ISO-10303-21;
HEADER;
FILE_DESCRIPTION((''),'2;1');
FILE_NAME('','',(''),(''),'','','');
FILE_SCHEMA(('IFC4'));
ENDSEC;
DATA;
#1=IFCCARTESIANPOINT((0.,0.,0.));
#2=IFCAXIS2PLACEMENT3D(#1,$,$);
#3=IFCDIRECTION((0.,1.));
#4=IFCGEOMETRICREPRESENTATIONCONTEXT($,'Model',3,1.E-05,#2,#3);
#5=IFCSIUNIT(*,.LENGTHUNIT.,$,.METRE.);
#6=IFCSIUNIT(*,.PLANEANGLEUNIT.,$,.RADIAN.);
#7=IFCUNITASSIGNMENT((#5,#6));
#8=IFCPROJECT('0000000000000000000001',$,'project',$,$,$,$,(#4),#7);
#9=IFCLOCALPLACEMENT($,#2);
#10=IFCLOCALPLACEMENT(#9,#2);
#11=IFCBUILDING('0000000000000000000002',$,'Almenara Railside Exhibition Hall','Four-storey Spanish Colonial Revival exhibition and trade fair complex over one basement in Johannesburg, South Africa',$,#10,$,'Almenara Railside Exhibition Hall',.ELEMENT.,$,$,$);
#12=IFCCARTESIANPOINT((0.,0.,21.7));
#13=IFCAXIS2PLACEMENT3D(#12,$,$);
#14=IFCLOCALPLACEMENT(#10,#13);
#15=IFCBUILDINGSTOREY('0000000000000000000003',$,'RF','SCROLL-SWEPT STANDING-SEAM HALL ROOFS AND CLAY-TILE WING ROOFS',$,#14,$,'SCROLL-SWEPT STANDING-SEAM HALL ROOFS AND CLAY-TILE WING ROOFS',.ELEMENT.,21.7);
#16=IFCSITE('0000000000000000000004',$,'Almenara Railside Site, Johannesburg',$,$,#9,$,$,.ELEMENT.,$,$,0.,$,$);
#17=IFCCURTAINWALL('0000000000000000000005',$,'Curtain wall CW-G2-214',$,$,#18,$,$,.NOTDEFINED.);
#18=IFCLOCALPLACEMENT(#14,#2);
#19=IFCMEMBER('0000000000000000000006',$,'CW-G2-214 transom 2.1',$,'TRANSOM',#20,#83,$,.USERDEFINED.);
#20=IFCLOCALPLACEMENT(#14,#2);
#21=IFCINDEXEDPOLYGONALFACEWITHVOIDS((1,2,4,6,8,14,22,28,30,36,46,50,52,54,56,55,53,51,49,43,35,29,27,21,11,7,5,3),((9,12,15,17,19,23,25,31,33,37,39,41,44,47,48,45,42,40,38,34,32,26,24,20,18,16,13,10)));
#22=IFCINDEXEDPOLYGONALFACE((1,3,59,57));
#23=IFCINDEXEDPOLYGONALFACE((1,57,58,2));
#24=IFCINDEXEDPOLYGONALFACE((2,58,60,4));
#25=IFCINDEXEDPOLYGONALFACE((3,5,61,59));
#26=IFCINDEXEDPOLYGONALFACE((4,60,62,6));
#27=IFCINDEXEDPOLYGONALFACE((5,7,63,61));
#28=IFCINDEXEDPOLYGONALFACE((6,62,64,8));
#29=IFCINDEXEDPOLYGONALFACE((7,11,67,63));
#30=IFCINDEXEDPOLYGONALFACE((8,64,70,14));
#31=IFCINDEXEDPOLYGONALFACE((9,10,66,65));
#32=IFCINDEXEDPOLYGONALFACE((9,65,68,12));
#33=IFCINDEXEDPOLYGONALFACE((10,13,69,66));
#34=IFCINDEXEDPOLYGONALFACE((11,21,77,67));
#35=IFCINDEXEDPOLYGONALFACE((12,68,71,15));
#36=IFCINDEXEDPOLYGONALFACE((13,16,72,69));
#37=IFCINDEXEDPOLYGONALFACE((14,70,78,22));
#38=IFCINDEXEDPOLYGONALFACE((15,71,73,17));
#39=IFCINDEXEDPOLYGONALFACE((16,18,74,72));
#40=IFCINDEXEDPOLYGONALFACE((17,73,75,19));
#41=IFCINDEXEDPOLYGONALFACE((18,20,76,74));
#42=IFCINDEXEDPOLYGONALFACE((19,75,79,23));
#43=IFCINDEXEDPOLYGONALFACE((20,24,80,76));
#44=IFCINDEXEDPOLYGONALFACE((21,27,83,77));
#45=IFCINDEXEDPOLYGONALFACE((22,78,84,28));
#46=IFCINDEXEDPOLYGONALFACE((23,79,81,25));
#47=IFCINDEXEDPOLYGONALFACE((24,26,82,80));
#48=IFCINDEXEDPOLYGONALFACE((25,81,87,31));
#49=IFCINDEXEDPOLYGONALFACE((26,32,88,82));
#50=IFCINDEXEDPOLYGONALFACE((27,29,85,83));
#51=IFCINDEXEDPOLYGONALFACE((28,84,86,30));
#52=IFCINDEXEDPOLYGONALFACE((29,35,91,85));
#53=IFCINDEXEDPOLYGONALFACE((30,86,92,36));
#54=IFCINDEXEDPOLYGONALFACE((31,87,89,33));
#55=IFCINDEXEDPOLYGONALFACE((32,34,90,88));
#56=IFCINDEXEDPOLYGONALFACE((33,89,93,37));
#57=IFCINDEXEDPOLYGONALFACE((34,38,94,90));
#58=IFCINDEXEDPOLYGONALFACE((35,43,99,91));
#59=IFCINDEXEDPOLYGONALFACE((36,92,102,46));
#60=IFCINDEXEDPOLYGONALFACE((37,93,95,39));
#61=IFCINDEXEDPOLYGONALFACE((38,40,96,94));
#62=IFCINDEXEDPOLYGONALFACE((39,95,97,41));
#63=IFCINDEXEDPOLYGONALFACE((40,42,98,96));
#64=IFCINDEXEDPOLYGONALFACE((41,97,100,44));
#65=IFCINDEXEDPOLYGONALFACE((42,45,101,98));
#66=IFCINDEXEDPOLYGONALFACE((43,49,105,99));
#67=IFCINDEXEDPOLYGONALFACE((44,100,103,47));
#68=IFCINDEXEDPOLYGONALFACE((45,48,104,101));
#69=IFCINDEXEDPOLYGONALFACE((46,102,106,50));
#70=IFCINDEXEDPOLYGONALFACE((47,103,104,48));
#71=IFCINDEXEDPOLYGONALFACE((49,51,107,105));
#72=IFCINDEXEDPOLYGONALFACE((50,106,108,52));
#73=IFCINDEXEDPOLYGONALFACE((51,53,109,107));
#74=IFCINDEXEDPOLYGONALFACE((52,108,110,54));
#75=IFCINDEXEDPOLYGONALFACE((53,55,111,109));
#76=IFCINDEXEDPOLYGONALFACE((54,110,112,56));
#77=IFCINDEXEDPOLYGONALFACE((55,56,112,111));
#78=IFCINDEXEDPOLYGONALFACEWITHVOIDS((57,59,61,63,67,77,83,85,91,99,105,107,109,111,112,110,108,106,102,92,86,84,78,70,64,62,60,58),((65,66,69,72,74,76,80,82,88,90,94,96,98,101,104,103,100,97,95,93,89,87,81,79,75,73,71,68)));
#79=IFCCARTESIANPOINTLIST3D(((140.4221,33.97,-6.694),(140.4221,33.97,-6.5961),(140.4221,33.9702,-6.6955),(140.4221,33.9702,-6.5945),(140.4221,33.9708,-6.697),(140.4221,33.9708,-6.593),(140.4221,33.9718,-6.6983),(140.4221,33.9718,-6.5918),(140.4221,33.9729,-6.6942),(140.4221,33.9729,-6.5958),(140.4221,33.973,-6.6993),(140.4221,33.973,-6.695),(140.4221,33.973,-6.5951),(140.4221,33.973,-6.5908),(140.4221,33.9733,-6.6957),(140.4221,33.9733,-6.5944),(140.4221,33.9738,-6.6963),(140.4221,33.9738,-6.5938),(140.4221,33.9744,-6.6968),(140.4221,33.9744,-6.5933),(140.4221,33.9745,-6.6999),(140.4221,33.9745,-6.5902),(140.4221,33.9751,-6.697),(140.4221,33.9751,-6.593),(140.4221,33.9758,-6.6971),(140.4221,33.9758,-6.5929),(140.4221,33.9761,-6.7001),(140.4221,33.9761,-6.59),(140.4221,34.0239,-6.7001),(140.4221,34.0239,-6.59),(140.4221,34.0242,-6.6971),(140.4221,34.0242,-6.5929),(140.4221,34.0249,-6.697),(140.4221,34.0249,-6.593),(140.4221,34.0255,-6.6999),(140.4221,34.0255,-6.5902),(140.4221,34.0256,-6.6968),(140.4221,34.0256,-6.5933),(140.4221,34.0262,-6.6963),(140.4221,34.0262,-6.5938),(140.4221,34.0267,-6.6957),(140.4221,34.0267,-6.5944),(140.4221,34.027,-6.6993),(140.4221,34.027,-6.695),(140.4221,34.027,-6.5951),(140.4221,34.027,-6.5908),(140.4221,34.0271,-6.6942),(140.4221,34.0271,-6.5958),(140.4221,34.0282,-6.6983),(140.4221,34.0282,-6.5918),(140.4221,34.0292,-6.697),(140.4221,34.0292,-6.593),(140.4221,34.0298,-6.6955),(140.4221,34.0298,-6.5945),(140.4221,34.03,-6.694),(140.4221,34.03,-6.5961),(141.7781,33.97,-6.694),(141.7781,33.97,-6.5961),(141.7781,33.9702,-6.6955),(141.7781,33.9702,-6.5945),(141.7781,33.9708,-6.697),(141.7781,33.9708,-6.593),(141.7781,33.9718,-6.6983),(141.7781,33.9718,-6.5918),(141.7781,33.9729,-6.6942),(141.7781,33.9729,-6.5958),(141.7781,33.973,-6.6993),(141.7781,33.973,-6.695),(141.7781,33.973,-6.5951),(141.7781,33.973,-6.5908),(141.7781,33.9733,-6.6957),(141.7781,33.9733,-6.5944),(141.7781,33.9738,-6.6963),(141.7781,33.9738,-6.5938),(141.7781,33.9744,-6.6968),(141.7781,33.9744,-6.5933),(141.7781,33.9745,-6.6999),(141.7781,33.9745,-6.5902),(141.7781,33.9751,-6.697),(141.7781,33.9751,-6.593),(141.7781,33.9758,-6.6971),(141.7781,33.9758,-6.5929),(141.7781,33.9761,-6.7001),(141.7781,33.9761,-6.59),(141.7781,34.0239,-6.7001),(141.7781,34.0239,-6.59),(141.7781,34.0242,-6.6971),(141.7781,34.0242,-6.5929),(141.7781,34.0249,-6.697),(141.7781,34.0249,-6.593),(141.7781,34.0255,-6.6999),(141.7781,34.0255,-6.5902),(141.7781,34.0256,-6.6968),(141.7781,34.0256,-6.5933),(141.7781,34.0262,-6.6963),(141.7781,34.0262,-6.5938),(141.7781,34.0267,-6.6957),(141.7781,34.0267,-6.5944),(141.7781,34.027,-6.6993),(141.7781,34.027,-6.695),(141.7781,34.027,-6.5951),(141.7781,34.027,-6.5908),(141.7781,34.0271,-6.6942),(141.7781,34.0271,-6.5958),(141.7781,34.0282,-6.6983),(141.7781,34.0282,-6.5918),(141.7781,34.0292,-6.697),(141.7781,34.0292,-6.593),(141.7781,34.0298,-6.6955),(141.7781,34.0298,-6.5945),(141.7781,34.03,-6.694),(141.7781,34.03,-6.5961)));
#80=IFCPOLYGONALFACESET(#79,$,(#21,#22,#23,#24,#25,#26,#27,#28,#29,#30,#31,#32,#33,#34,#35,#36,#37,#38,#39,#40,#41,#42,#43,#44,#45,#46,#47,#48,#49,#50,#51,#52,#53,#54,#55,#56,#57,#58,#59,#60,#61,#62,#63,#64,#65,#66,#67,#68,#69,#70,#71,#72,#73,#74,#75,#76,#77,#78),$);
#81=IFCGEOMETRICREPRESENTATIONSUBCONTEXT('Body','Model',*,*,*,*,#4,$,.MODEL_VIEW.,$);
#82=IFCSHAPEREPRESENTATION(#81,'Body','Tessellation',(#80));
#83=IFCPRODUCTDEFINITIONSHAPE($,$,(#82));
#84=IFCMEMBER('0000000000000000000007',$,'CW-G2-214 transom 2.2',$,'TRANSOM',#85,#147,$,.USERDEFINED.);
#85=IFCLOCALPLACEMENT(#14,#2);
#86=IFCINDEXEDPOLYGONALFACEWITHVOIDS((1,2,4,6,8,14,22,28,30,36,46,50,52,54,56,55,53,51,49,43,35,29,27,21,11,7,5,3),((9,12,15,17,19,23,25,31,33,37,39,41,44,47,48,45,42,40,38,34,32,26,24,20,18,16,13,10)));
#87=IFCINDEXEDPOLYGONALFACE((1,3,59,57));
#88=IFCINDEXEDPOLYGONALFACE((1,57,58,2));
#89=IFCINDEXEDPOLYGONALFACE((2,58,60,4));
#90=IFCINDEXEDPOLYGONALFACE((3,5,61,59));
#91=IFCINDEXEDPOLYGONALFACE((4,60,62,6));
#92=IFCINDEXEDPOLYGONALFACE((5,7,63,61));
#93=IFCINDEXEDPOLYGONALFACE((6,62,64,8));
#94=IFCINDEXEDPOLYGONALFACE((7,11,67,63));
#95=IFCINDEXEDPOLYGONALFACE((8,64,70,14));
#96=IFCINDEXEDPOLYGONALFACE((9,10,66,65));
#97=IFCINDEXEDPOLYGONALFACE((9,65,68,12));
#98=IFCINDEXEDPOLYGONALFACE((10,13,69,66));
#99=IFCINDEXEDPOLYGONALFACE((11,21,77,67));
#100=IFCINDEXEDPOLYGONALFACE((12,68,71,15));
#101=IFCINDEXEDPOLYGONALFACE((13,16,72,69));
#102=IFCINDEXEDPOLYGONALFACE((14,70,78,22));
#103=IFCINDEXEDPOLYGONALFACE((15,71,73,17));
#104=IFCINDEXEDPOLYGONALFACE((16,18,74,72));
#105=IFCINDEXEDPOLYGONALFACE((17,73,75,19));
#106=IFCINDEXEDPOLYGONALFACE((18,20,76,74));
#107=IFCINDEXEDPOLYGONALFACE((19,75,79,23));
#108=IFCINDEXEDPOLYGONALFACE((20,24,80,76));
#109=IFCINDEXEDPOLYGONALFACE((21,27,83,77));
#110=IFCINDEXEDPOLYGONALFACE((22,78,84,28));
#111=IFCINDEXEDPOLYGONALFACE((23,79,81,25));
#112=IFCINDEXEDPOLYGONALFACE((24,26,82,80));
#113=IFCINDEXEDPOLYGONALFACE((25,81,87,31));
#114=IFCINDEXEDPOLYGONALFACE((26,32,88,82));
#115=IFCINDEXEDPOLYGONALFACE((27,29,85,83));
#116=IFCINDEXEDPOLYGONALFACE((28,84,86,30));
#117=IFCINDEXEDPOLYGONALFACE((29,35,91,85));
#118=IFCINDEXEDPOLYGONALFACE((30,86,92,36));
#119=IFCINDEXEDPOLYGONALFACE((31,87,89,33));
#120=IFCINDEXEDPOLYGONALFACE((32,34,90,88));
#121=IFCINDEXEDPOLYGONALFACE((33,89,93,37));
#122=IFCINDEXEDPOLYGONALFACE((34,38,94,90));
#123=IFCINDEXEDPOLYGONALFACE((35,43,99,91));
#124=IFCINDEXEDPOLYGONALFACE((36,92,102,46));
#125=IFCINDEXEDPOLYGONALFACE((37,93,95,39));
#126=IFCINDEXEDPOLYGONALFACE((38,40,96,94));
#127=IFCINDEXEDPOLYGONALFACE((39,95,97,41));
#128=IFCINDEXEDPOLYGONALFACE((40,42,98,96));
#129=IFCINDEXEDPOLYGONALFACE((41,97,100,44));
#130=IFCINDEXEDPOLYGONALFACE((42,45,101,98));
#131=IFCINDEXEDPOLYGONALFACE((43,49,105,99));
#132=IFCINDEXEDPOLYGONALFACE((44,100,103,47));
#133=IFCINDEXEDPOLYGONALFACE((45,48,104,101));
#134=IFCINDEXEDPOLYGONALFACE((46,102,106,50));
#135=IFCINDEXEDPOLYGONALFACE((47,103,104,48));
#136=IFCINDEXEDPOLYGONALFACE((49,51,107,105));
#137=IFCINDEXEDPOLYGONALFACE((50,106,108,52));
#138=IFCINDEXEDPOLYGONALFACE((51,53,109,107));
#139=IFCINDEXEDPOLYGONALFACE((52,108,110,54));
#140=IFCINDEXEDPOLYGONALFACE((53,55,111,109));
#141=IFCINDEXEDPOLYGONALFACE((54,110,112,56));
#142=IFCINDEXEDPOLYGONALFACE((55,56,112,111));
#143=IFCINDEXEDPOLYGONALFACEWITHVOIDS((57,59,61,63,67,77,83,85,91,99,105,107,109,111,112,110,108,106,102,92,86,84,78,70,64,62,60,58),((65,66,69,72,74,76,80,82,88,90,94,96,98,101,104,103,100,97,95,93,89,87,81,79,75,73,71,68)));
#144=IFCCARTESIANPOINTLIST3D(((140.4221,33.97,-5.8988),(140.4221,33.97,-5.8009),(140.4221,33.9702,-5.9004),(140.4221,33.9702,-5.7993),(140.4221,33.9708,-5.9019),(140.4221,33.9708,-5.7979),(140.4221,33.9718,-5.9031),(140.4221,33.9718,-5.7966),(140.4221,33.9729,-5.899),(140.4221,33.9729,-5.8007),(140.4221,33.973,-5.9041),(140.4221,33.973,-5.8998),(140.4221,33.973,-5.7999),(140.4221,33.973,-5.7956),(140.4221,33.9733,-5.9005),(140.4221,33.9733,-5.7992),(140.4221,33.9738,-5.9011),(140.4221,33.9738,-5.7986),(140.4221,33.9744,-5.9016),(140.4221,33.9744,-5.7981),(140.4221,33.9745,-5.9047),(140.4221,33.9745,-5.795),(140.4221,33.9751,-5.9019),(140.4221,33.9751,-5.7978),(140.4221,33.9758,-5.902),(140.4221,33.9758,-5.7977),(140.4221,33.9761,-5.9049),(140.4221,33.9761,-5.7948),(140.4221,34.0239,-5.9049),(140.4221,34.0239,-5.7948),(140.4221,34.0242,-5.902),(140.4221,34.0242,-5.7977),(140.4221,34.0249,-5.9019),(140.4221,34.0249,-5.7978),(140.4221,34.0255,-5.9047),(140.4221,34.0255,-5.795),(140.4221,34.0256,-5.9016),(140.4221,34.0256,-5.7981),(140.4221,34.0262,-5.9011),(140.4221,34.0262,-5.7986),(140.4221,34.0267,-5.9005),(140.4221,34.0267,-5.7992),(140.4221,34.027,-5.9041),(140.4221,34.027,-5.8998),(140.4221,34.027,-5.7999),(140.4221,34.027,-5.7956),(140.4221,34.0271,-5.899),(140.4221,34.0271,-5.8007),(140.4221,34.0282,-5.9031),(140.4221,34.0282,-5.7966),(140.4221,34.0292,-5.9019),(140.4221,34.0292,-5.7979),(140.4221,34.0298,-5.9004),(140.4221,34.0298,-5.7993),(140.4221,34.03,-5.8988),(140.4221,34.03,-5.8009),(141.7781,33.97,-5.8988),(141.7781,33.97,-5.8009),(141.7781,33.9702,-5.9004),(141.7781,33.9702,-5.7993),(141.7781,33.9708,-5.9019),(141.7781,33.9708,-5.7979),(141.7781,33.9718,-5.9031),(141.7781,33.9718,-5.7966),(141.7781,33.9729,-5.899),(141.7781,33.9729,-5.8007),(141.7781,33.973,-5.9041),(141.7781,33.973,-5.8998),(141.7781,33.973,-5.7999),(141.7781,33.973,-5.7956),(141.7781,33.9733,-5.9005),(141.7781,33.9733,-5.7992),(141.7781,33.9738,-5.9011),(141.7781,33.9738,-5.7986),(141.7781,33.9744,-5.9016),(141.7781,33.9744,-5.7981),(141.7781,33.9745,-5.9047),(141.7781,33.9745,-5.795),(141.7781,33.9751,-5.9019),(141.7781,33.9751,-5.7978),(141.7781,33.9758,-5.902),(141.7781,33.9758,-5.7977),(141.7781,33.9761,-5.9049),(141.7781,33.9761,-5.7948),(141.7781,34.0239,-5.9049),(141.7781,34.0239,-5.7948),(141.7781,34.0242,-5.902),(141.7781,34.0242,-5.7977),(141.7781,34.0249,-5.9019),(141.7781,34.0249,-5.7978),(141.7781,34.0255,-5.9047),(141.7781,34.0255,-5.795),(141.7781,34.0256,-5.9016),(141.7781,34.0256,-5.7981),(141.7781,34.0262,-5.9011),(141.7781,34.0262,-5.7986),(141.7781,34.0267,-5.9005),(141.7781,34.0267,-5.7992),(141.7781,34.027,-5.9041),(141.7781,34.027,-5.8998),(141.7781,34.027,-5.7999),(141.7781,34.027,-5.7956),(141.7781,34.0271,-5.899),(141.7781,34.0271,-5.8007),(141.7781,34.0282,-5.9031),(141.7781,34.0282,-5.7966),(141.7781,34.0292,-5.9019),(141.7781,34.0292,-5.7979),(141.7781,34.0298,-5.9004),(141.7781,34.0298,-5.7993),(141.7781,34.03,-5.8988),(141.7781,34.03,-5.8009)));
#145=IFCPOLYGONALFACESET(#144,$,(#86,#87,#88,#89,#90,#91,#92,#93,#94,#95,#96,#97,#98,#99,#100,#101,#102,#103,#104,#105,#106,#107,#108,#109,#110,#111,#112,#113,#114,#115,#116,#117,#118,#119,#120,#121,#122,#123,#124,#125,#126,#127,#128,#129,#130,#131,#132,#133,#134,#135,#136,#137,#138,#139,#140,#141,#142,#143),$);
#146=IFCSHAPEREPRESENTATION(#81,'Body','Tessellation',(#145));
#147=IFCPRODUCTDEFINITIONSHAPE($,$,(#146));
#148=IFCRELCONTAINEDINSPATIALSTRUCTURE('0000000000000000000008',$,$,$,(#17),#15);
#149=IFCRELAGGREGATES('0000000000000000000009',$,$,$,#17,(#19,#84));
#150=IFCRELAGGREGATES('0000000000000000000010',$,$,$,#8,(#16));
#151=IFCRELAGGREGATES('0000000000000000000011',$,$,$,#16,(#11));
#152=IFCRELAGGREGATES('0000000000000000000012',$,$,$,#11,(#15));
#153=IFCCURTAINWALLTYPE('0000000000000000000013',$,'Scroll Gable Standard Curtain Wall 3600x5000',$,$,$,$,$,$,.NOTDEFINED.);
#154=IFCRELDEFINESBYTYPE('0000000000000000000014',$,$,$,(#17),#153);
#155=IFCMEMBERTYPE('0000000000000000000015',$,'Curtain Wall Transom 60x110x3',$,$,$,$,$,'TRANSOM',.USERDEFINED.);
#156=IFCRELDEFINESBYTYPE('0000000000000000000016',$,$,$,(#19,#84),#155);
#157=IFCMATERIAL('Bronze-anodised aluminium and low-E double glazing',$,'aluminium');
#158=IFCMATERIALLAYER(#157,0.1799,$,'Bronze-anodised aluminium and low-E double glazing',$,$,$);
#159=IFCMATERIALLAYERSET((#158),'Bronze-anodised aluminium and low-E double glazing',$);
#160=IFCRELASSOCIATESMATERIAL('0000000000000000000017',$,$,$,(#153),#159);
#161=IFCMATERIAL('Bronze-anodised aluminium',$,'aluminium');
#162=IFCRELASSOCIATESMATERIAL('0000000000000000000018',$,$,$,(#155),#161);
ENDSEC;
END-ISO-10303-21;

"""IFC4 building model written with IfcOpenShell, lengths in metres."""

from ifc_helpers import new_model, si_unit, direction, frame, origin, origin_2d, place, context, subcontext, project, spatial, hollow_rectangle, extrude, material, layer, layer_set, material_profile, profile_set, type_object, element, aggregate, save


model = new_model("IFC4")

# Units and contexts
model_context = context("Model", 3, precision=1e-05, world=origin(), true_north=direction((0.0, 1.0)))
body_context = subcontext(model_context, "Body", "Model", "MODEL_VIEW")
ifc_project = project(units=[si_unit("LENGTHUNIT", "METRE"), si_unit("PLANEANGLEUNIT", "RADIAN")], contexts=[model_context])

# Site, building, storey
site_placement = place(None, origin())
site = spatial("IfcSite", under=ifc_project, at=site_placement, Name="Almenara Railside Site, Johannesburg", CompositionType="ELEMENT", RefElevation=0.0)
building_placement = place(site_placement, origin())
building = spatial("IfcBuilding", under=site, at=building_placement, Name="Almenara Railside Exhibition Hall", Description="Four-storey Spanish Colonial Revival exhibition and trade fair complex over one basement in Johannesburg, South Africa", LongName="Almenara Railside Exhibition Hall", CompositionType="ELEMENT")
storey_placement = place(building_placement, frame((0.0, 0.0, 21.7)))
storey = spatial("IfcBuildingStorey", under=building, at=storey_placement, Name="RF", Description="SCROLL-SWEPT STANDING-SEAM HALL ROOFS AND CLAY-TILE WING ROOFS", LongName="SCROLL-SWEPT STANDING-SEAM HALL ROOFS AND CLAY-TILE WING ROOFS", CompositionType="ELEMENT", Elevation=21.7)

# Curtain wall, members
ifc_material_1 = material(Name="Bronze-anodised aluminium and low-E double glazing", Category="aluminium")
ifc_layer_1 = layer(ifc_material_1, 0.1799, Name="Bronze-anodised aluminium and low-E double glazing")
ifc_layer_set_1 = layer_set([ifc_layer_1], Name="Bronze-anodised aluminium and low-E double glazing")
curtain_wall_type = type_object("IfcCurtainWallType", Name="Scroll Gable Standard Curtain Wall 3600x5000", PredefinedType="NOTDEFINED", material=ifc_layer_set_1)
curtain_wall_placement = place(storey_placement, origin())
curtain_wall = element("IfcCurtainWall", 1, at=curtain_wall_placement, inside=storey, type_object=curtain_wall_type, Name="Curtain wall CW-G2-214", PredefinedType="NOTDEFINED")
ifc_material_2 = material(Name="Bronze-anodised aluminium", Category="aluminium")
ifc_material_profile_1 = material_profile(ifc_material_2, hollow_rectangle(XDim=0.0601, YDim=0.1101, WallThickness=0.0029, InnerFilletRadius=0.0029, OuterFilletRadius=0.0061, at=origin_2d()), Name="ALU-TRN 60x110x3")
ifc_profile_set_1 = profile_set([ifc_material_profile_1], Name="Bronze-anodised aluminium")
member_type_1 = type_object("IfcMemberType", Name="Curtain Wall Transom 60x110x3", ElementType="TRANSOM", PredefinedType="USERDEFINED", material=ifc_profile_set_1)
member_1_placement = place(storey_placement, frame((140.4221, 34.0, -6.645), z_axis=(1.0, 0.0, 0.0), x_axis=(0.0, 1.0, 0.0)))
member_1 = element("IfcMember", 2, at=member_1_placement, type_object=member_type_1, Name="CW-G2-214 transom 2.1", ObjectType="TRANSOM", PredefinedType="USERDEFINED", context=body_context, shape_type="SweptSolid", body=[
    extrude(hollow_rectangle(XDim=0.0601, YDim=0.1101, WallThickness=0.0029, InnerFilletRadius=0.0029, OuterFilletRadius=0.0061, at=origin_2d()), origin(), (0.0, 0.0, 1.0), 1.356),
])
member_2_placement = place(storey_placement, frame((140.4221, 34.0, -5.8499), z_axis=(1.0, 0.0, 0.0), x_axis=(0.0, 1.0, 0.0)))
member_2 = element("IfcMember", 3, at=member_2_placement, type_object=member_type_1, Name="CW-G2-214 transom 2.2", ObjectType="TRANSOM", PredefinedType="USERDEFINED", context=body_context, shape_type="SweptSolid", body=[
    extrude(hollow_rectangle(XDim=0.0601, YDim=0.1101, WallThickness=0.0029, InnerFilletRadius=0.0029, OuterFilletRadius=0.0061, at=origin_2d()), origin(), (0.0, 0.0, 1.0), 1.356),
])

aggregate(curtain_wall, [member_1, member_2])

save(model, "model.ifc")
